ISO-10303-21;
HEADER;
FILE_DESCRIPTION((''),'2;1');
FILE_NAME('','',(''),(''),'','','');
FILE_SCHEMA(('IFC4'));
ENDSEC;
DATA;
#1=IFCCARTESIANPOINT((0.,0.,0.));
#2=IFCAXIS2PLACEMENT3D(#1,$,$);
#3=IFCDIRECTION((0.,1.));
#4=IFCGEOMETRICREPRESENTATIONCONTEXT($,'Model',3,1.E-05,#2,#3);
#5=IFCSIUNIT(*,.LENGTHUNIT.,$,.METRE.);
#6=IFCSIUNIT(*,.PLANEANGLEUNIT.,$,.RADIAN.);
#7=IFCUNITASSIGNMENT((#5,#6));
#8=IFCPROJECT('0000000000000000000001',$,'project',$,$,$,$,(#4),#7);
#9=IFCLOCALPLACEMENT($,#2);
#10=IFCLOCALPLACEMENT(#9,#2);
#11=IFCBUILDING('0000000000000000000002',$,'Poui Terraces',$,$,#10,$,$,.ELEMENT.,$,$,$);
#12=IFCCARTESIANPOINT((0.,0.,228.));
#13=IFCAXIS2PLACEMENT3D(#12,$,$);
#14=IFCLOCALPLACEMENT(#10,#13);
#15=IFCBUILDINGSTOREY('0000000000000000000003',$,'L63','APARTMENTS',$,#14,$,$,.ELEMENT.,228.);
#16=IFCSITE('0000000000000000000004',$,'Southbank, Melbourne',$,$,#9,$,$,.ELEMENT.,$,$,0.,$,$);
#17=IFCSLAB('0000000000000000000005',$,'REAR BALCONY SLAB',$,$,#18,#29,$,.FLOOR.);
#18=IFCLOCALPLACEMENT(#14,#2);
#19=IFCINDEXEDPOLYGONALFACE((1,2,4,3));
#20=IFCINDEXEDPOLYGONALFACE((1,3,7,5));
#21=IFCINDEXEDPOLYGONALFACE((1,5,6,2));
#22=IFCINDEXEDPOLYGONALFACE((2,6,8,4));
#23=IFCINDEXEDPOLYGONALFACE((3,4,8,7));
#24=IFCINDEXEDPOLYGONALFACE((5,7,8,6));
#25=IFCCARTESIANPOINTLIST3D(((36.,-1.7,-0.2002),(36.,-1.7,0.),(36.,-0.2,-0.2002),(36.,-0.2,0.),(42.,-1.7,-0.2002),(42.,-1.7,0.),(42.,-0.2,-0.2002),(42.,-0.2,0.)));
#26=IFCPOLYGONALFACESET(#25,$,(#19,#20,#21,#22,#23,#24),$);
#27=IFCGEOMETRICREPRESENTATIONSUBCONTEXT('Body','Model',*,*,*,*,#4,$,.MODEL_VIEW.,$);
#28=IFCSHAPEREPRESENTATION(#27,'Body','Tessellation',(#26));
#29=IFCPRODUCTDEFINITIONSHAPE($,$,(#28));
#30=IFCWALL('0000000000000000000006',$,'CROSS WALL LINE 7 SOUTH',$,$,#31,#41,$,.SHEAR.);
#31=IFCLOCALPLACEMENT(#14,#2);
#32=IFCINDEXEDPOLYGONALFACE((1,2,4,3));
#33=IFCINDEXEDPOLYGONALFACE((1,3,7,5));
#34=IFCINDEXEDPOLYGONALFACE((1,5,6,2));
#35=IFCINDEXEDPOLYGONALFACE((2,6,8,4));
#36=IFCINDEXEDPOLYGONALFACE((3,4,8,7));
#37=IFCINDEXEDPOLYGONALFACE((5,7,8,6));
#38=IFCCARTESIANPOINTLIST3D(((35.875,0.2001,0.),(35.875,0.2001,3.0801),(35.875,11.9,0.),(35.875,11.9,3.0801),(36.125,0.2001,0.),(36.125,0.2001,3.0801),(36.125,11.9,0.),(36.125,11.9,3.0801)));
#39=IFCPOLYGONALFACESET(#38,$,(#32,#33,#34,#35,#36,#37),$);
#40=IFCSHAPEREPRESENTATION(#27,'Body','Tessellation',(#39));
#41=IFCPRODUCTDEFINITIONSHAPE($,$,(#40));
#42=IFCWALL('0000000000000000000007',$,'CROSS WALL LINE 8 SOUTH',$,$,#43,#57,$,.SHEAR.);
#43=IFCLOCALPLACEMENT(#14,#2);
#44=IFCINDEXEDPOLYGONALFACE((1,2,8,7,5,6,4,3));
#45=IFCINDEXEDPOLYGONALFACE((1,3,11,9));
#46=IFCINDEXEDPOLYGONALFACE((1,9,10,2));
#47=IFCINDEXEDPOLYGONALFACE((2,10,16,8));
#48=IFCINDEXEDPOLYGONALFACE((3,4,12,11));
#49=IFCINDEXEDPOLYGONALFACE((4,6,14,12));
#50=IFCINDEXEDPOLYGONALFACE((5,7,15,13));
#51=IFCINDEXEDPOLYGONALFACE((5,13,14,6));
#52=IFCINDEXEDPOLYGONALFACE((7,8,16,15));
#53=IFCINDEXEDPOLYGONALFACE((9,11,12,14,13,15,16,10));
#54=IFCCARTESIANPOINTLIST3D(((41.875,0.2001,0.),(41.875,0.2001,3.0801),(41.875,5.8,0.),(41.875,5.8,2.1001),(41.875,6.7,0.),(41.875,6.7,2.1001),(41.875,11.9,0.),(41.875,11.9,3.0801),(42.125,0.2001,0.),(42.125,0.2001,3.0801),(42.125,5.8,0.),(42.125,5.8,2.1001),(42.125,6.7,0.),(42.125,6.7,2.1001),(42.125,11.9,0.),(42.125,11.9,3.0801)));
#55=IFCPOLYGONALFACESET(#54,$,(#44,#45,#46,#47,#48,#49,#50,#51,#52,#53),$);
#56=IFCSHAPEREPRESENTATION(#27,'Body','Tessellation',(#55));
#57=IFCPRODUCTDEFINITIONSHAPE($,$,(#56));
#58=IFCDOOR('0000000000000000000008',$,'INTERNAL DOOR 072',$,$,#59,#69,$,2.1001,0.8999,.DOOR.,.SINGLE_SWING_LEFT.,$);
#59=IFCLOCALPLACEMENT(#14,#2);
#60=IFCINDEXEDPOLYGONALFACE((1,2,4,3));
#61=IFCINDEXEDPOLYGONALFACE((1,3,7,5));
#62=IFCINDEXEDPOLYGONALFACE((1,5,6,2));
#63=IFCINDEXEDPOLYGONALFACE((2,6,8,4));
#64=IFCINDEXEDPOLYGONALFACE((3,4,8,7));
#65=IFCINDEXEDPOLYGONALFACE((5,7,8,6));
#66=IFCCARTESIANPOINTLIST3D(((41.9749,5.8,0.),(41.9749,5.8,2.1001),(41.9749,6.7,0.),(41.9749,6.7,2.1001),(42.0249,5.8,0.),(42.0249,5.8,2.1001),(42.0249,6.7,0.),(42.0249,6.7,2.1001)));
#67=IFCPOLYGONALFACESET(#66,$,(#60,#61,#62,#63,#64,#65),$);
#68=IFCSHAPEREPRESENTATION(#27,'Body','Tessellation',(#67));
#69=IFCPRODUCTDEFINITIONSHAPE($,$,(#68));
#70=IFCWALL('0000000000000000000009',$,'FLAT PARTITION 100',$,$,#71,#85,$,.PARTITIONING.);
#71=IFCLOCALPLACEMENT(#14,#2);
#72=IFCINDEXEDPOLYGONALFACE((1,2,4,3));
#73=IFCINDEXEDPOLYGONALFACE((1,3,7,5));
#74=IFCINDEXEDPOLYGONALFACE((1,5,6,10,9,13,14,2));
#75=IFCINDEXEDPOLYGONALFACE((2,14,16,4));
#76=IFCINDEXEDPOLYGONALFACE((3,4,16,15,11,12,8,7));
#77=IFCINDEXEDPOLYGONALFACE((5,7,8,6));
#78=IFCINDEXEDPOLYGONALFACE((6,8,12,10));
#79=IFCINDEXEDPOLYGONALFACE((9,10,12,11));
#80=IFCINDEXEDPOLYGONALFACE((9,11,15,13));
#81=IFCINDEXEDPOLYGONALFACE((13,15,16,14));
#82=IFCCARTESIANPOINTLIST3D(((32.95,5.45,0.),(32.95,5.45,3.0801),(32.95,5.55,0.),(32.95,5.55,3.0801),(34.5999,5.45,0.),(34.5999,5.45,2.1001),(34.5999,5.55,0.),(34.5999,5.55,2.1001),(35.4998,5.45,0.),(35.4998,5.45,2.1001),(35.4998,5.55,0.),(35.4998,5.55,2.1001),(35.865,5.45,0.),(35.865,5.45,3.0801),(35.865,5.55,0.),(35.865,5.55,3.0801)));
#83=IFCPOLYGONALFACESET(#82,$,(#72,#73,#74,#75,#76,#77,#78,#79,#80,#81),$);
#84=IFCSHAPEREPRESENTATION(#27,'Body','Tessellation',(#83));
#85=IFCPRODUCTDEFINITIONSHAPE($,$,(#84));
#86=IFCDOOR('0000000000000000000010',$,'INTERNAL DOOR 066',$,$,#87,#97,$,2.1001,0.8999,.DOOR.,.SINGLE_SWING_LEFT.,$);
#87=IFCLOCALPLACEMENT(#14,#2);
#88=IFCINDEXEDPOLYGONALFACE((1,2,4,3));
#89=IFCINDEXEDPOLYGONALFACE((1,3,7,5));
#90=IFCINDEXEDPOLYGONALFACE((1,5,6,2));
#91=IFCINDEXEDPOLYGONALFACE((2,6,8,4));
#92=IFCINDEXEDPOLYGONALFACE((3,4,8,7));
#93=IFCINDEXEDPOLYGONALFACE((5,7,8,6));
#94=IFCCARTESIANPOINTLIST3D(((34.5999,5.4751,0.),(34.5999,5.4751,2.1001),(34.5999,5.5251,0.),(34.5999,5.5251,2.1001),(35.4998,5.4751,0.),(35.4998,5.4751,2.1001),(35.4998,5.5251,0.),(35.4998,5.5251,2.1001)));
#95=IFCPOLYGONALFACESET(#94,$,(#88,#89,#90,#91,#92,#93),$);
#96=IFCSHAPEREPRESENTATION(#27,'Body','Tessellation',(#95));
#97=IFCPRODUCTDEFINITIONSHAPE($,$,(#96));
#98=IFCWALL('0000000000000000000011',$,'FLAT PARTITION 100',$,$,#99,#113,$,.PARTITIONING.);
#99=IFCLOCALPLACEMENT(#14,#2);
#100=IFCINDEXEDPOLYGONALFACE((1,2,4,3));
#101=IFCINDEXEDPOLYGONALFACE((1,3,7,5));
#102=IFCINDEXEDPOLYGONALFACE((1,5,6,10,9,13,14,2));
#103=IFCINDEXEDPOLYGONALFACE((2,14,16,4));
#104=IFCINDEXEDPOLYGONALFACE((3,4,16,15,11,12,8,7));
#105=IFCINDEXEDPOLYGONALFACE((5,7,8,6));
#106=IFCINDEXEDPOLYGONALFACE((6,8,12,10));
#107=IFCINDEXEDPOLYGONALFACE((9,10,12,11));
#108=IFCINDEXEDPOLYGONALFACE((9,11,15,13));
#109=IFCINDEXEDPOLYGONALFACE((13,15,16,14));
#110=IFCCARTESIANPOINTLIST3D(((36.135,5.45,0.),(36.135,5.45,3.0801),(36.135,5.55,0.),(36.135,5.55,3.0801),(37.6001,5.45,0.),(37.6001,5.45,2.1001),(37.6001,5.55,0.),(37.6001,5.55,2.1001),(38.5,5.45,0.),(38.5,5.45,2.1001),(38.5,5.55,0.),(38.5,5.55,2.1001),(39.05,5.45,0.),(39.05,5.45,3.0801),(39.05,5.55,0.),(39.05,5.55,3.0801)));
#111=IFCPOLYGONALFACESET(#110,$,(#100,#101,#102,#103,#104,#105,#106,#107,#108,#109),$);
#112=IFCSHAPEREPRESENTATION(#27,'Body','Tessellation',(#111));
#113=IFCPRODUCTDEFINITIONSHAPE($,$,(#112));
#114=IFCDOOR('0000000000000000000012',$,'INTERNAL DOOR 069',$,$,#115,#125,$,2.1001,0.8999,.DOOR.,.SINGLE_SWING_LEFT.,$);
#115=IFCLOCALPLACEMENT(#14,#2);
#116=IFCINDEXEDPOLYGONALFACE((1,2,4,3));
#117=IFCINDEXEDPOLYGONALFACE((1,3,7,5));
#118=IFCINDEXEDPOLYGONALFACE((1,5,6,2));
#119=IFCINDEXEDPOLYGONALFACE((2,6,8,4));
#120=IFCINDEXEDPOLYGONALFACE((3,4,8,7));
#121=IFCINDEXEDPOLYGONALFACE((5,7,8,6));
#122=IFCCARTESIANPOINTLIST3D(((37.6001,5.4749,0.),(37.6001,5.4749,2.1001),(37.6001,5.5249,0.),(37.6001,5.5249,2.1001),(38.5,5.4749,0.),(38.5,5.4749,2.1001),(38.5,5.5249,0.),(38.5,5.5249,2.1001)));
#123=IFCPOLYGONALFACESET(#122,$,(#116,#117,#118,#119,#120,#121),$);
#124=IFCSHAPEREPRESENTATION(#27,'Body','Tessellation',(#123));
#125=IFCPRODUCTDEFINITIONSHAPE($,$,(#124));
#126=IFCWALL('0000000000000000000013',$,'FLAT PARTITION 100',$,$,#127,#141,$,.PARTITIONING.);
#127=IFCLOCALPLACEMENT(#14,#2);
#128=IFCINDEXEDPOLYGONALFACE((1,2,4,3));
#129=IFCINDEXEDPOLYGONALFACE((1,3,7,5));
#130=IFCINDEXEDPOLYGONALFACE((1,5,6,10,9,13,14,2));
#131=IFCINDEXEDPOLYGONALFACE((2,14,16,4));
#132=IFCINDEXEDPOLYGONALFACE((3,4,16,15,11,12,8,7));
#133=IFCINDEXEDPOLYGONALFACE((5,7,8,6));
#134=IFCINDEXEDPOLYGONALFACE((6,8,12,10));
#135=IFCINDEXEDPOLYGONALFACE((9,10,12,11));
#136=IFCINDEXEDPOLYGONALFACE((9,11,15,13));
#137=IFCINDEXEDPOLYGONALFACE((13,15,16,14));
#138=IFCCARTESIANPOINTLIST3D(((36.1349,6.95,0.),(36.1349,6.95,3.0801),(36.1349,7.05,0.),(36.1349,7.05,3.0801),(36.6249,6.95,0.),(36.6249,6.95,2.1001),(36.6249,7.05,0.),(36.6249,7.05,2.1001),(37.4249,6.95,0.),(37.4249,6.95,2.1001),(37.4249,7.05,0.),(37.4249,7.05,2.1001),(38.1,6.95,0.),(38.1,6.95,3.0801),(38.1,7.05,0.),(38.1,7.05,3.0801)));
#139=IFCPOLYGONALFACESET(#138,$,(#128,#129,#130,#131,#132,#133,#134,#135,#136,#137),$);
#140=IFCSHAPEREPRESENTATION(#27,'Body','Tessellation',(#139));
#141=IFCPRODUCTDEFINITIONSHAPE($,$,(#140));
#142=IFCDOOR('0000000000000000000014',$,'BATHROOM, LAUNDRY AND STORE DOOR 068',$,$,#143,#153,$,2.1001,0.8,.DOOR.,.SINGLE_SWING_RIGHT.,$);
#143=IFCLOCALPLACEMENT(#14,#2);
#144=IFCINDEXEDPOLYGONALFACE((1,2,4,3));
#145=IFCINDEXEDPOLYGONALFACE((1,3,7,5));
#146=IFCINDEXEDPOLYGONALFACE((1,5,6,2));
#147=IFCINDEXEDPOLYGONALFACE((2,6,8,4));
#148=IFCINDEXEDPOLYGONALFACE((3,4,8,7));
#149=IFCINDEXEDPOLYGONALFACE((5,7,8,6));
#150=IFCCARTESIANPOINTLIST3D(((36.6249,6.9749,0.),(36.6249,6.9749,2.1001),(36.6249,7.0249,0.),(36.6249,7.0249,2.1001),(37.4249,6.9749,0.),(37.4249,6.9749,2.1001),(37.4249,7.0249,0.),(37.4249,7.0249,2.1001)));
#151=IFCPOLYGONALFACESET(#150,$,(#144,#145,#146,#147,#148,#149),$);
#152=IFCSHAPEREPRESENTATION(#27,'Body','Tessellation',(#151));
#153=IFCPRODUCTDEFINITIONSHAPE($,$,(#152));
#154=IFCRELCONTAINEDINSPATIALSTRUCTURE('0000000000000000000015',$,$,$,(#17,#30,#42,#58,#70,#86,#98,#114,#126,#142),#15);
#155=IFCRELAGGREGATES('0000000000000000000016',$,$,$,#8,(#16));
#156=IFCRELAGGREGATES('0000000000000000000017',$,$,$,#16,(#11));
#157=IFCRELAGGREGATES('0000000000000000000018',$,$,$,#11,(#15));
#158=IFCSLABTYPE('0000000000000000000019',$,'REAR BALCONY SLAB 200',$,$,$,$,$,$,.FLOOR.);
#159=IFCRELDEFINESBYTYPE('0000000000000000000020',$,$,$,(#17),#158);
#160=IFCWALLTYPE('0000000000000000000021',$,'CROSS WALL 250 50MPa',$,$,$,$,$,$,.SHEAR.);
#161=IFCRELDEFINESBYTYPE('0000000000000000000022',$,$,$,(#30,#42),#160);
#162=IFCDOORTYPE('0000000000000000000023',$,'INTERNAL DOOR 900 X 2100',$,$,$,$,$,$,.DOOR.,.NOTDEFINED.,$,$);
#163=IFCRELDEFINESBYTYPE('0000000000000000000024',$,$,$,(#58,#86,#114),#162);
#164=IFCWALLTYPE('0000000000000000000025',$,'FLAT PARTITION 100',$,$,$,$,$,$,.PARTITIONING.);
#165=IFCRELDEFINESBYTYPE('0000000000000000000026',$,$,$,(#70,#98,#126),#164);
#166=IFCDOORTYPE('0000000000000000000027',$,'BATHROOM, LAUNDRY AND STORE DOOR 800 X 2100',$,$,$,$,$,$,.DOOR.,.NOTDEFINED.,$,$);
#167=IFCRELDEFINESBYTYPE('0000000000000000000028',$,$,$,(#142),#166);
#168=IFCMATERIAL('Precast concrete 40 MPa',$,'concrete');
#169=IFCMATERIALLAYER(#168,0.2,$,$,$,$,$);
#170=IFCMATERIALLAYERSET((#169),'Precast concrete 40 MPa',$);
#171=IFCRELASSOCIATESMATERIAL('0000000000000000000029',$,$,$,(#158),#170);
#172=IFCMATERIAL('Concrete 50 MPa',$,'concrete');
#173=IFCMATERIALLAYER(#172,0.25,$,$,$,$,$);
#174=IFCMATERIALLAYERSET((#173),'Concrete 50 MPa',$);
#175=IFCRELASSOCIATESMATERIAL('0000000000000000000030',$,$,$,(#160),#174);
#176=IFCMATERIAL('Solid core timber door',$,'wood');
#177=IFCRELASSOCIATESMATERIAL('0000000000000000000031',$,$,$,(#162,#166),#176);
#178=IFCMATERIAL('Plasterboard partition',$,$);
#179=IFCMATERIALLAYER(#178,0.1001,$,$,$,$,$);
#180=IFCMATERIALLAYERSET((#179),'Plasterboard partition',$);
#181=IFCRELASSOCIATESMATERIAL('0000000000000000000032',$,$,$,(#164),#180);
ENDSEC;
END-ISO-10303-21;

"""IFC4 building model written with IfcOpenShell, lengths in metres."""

from ifc_helpers import new_model, si_unit, direction, frame, frame_2d, origin, place, context, subcontext, project, spatial, polyline, rectangle, outline, extrude, source, transform, mapped, material, layer, layer_set, type_object, element, fill, save


model = new_model("IFC4")

# Units and contexts
model_context = context("Model", 3, precision=1e-05, world=origin(), true_north=direction((0.0, 1.0)))
body_context = subcontext(model_context, "Body", "Model", "MODEL_VIEW")
ifc_project = project(units=[si_unit("LENGTHUNIT", "METRE"), si_unit("PLANEANGLEUNIT", "RADIAN")], contexts=[model_context])

# Site, building, storey
site_placement = place(None, origin())
site = spatial("IfcSite", under=ifc_project, at=site_placement, Name="Southbank, Melbourne", CompositionType="ELEMENT", RefElevation=0.0)
building_placement = place(site_placement, origin())
building = spatial("IfcBuilding", under=site, at=building_placement, Name="Poui Terraces", CompositionType="ELEMENT")
storey_placement = place(building_placement, frame((0.0, 0.0, 228.0)))
storey = spatial("IfcBuildingStorey", under=building, at=storey_placement, Name="L63", Description="APARTMENTS", CompositionType="ELEMENT", Elevation=228.0)

# Slab
ifc_material_1 = material(Name="Precast concrete 40 MPa", Category="concrete")
ifc_layer_1 = layer(ifc_material_1, 0.2)
ifc_layer_set_1 = layer_set([ifc_layer_1], Name="Precast concrete 40 MPa")
slab_type = type_object("IfcSlabType", Name="REAR BALCONY SLAB 200", PredefinedType="FLOOR", material=ifc_layer_set_1)
shared_shape_1 = source(origin(), body_context, "Body", "SweptSolid", [
    extrude(outline(polyline([(0.0, 0.0), (6.0, 0.0), (6.0, 1.5), (0.0, 1.5), (0.0, 0.0)])), origin(), (0.0, 0.0, 1.0), 0.2002),
])
slab_placement = place(storey_placement, frame((36.0, -1.7, -0.2002)))
element("IfcSlab", 1, at=slab_placement, inside=storey, type_object=slab_type, Name="REAR BALCONY SLAB", PredefinedType="FLOOR", context=body_context, shape_type="MappedRepresentation", body=[
    mapped(shared_shape_1, transform((0.0, 0.0, 0.0))),
])

# Wall
ifc_material_2 = material(Name="Concrete 50 MPa", Category="concrete")
ifc_layer_2 = layer(ifc_material_2, 0.25)
ifc_layer_set_2 = layer_set([ifc_layer_2], Name="Concrete 50 MPa")
wall_type_1 = type_object("IfcWallType", Name="CROSS WALL 250 50MPa", PredefinedType="SHEAR", material=ifc_layer_set_2)
wall_1_placement = place(storey_placement, frame((36.0, 0.2, 0.0), z_axis=(0.0, 0.0, 1.0), x_axis=(0.0, 1.0, 0.0)))
element("IfcWall", 2, at=wall_1_placement, inside=storey, type_object=wall_type_1, Name="CROSS WALL LINE 7 SOUTH", PredefinedType="SHEAR", context=body_context, shape_type="SweptSolid", body=[
    extrude(rectangle(XDim=11.7, YDim=0.25, at=frame_2d((5.8501, 0.0))), origin(), (0.0, 0.0, 1.0), 3.0801),
])

# Walls, openings, doors
wall_2_placement = place(storey_placement, frame((42.0, 0.2, 0.0), z_axis=(0.0, 0.0, 1.0), x_axis=(0.0, 1.0, 0.0)))
wall_2 = element("IfcWall", 3, at=wall_2_placement, inside=storey, type_object=wall_type_1, Name="CROSS WALL LINE 8 SOUTH", PredefinedType="SHEAR", context=body_context, shape_type="SweptSolid", body=[
    extrude(rectangle(XDim=11.7, YDim=0.25, at=frame_2d((5.8501, 0.0))), origin(), (0.0, 0.0, 1.0), 3.0801),
])
opening_1_placement = place(wall_2_placement, frame((5.6001, 0.0, 0.0)))
opening_1 = element("IfcOpeningElement", 4, at=opening_1_placement, cuts=wall_2, PredefinedType="OPENING", context=body_context, shape_type="SweptSolid", body=[
    extrude(rectangle(XDim=0.8999, YDim=2.1001, at=frame_2d((0.45, 1.05))), frame((0.0, 0.135, 0.0), z_axis=(0.0, -1.0, 0.0), x_axis=(1.0, 0.0, 0.0)), (0.0, 0.0, 1.0), 0.27),
])
ifc_material_3 = material(Name="Solid core timber door", Category="wood")
door_type_1 = type_object("IfcDoorType", Name="INTERNAL DOOR 900 X 2100", OperationType="NOTDEFINED", PredefinedType="DOOR", material=ifc_material_3)
door_1_placement = place(opening_1_placement, frame((0.8999, 0.0, 0.0), z_axis=(0.0, 0.0, 1.0), x_axis=(-1.0, 0.0, 0.0)))
door_1 = element("IfcDoor", 5, at=door_1_placement, inside=storey, type_object=door_type_1, Name="INTERNAL DOOR 072", OperationType="SINGLE_SWING_LEFT", OverallHeight=2.1001, OverallWidth=0.8999, PredefinedType="DOOR", context=body_context, shape_type="SweptSolid", body=[
    extrude(rectangle(XDim=0.8999, YDim=2.1001, at=frame_2d((0.45, 1.05))), frame((0.0, 0.0249, 0.0), z_axis=(0.0, -1.0, 0.0), x_axis=(1.0, 0.0, 0.0)), (0.0, 0.0, 1.0), 0.05),
])
fill(opening_1, door_1)
ifc_material_4 = material(Name="Plasterboard partition")
ifc_layer_3 = layer(ifc_material_4, 0.1001)
ifc_layer_set_3 = layer_set([ifc_layer_3], Name="Plasterboard partition")
wall_type_2 = type_object("IfcWallType", Name="FLAT PARTITION 100", PredefinedType="PARTITIONING", material=ifc_layer_set_3)
wall_3_placement = place(storey_placement, frame((32.95, 5.5, 0.0), z_axis=(0.0, 0.0, 1.0), x_axis=(1.0, 0.0, 0.0)))
wall_3 = element("IfcWall", 6, at=wall_3_placement, inside=storey, type_object=wall_type_2, Name="FLAT PARTITION 100", PredefinedType="PARTITIONING", context=body_context, shape_type="SweptSolid", body=[
    extrude(rectangle(XDim=2.915, YDim=0.1001, at=frame_2d((1.4575, 0.0))), origin(), (0.0, 0.0, 1.0), 3.0801),
])
opening_2_placement = place(wall_3_placement, frame((1.6499, 0.0, 0.0)))
opening_2 = element("IfcOpeningElement", 7, at=opening_2_placement, cuts=wall_3, PredefinedType="OPENING", context=body_context, shape_type="SweptSolid", body=[
    extrude(rectangle(XDim=0.8999, YDim=2.1001, at=frame_2d((0.45, 1.05))), frame((0.0, 0.0601, 0.0), z_axis=(0.0, -1.0, 0.0), x_axis=(1.0, 0.0, 0.0)), (0.0, 0.0, 1.0), 0.1201),
])
door_2_placement = place(opening_2_placement, frame((0.8999, 0.0, 0.0), z_axis=(0.0, 0.0, 1.0), x_axis=(-1.0, 0.0, 0.0)))
door_2 = element("IfcDoor", 8, at=door_2_placement, inside=storey, type_object=door_type_1, Name="INTERNAL DOOR 066", OperationType="SINGLE_SWING_LEFT", OverallHeight=2.1001, OverallWidth=0.8999, PredefinedType="DOOR", context=body_context, shape_type="SweptSolid", body=[
    extrude(rectangle(XDim=0.8999, YDim=2.1001, at=frame_2d((0.45, 1.05))), frame((0.0, 0.0249, 0.0), z_axis=(0.0, -1.0, 0.0), x_axis=(1.0, 0.0, 0.0)), (0.0, 0.0, 1.0), 0.05),
])
fill(opening_2, door_2)
wall_4_placement = place(storey_placement, frame((36.135, 5.5, 0.0), z_axis=(0.0, 0.0, 1.0), x_axis=(1.0, 0.0, 0.0)))
wall_4 = element("IfcWall", 9, at=wall_4_placement, inside=storey, type_object=wall_type_2, Name="FLAT PARTITION 100", PredefinedType="PARTITIONING", context=body_context, shape_type="SweptSolid", body=[
    extrude(rectangle(XDim=2.915, YDim=0.1001, at=frame_2d((1.4575, 0.0))), origin(), (0.0, 0.0, 1.0), 3.0801),
])
opening_3_placement = place(wall_4_placement, frame((1.4651, 0.0, 0.0)))
opening_3 = element("IfcOpeningElement", 10, at=opening_3_placement, cuts=wall_4, PredefinedType="OPENING", context=body_context, shape_type="SweptSolid", body=[
    extrude(rectangle(XDim=0.8999, YDim=2.1001, at=frame_2d((0.45, 1.05))), frame((0.0, 0.0601, 0.0), z_axis=(0.0, -1.0, 0.0), x_axis=(1.0, 0.0, 0.0)), (0.0, 0.0, 1.0), 0.1201),
])
door_3_placement = place(opening_3_placement, origin())
door_3 = element("IfcDoor", 11, at=door_3_placement, inside=storey, type_object=door_type_1, Name="INTERNAL DOOR 069", OperationType="SINGLE_SWING_LEFT", OverallHeight=2.1001, OverallWidth=0.8999, PredefinedType="DOOR", context=body_context, shape_type="SweptSolid", body=[
    extrude(rectangle(XDim=0.8999, YDim=2.1001, at=frame_2d((0.45, 1.05))), frame((0.0, 0.0249, 0.0), z_axis=(0.0, -1.0, 0.0), x_axis=(1.0, 0.0, 0.0)), (0.0, 0.0, 1.0), 0.05),
])
fill(opening_3, door_3)
wall_5_placement = place(storey_placement, frame((36.135, 7.0, 0.0), z_axis=(0.0, 0.0, 1.0), x_axis=(1.0, 0.0, 0.0)))
wall_5 = element("IfcWall", 12, at=wall_5_placement, inside=storey, type_object=wall_type_2, Name="FLAT PARTITION 100", PredefinedType="PARTITIONING", context=body_context, shape_type="SweptSolid", body=[
    extrude(rectangle(XDim=1.9651, YDim=0.1001, at=frame_2d((0.9824, 0.0))), origin(), (0.0, 0.0, 1.0), 3.0801),
])
opening_4_placement = place(wall_5_placement, frame((0.49, 0.0, 0.0)))
opening_4 = element("IfcOpeningElement", 13, at=opening_4_placement, cuts=wall_5, PredefinedType="OPENING", context=body_context, shape_type="SweptSolid", body=[
    extrude(rectangle(XDim=0.8, YDim=2.1001, at=frame_2d((0.3999, 1.05))), frame((0.0, 0.0601, 0.0), z_axis=(0.0, -1.0, 0.0), x_axis=(1.0, 0.0, 0.0)), (0.0, 0.0, 1.0), 0.1201),
])
door_type_2 = type_object("IfcDoorType", Name="BATHROOM, LAUNDRY AND STORE DOOR 800 X 2100", OperationType="NOTDEFINED", PredefinedType="DOOR", material=ifc_material_3)
door_4_placement = place(opening_4_placement, origin())
door_4 = element("IfcDoor", 14, at=door_4_placement, inside=storey, type_object=door_type_2, Name="BATHROOM, LAUNDRY AND STORE DOOR 068", OperationType="SINGLE_SWING_RIGHT", OverallHeight=2.1001, OverallWidth=0.8, PredefinedType="DOOR", context=body_context, shape_type="SweptSolid", body=[
    extrude(rectangle(XDim=0.8, YDim=2.1001, at=frame_2d((0.3999, 1.05))), frame((0.0, 0.0249, 0.0), z_axis=(0.0, -1.0, 0.0), x_axis=(1.0, 0.0, 0.0)), (0.0, 0.0, 1.0), 0.05),
])
fill(opening_4, door_4)

save(model, "model.ifc")
